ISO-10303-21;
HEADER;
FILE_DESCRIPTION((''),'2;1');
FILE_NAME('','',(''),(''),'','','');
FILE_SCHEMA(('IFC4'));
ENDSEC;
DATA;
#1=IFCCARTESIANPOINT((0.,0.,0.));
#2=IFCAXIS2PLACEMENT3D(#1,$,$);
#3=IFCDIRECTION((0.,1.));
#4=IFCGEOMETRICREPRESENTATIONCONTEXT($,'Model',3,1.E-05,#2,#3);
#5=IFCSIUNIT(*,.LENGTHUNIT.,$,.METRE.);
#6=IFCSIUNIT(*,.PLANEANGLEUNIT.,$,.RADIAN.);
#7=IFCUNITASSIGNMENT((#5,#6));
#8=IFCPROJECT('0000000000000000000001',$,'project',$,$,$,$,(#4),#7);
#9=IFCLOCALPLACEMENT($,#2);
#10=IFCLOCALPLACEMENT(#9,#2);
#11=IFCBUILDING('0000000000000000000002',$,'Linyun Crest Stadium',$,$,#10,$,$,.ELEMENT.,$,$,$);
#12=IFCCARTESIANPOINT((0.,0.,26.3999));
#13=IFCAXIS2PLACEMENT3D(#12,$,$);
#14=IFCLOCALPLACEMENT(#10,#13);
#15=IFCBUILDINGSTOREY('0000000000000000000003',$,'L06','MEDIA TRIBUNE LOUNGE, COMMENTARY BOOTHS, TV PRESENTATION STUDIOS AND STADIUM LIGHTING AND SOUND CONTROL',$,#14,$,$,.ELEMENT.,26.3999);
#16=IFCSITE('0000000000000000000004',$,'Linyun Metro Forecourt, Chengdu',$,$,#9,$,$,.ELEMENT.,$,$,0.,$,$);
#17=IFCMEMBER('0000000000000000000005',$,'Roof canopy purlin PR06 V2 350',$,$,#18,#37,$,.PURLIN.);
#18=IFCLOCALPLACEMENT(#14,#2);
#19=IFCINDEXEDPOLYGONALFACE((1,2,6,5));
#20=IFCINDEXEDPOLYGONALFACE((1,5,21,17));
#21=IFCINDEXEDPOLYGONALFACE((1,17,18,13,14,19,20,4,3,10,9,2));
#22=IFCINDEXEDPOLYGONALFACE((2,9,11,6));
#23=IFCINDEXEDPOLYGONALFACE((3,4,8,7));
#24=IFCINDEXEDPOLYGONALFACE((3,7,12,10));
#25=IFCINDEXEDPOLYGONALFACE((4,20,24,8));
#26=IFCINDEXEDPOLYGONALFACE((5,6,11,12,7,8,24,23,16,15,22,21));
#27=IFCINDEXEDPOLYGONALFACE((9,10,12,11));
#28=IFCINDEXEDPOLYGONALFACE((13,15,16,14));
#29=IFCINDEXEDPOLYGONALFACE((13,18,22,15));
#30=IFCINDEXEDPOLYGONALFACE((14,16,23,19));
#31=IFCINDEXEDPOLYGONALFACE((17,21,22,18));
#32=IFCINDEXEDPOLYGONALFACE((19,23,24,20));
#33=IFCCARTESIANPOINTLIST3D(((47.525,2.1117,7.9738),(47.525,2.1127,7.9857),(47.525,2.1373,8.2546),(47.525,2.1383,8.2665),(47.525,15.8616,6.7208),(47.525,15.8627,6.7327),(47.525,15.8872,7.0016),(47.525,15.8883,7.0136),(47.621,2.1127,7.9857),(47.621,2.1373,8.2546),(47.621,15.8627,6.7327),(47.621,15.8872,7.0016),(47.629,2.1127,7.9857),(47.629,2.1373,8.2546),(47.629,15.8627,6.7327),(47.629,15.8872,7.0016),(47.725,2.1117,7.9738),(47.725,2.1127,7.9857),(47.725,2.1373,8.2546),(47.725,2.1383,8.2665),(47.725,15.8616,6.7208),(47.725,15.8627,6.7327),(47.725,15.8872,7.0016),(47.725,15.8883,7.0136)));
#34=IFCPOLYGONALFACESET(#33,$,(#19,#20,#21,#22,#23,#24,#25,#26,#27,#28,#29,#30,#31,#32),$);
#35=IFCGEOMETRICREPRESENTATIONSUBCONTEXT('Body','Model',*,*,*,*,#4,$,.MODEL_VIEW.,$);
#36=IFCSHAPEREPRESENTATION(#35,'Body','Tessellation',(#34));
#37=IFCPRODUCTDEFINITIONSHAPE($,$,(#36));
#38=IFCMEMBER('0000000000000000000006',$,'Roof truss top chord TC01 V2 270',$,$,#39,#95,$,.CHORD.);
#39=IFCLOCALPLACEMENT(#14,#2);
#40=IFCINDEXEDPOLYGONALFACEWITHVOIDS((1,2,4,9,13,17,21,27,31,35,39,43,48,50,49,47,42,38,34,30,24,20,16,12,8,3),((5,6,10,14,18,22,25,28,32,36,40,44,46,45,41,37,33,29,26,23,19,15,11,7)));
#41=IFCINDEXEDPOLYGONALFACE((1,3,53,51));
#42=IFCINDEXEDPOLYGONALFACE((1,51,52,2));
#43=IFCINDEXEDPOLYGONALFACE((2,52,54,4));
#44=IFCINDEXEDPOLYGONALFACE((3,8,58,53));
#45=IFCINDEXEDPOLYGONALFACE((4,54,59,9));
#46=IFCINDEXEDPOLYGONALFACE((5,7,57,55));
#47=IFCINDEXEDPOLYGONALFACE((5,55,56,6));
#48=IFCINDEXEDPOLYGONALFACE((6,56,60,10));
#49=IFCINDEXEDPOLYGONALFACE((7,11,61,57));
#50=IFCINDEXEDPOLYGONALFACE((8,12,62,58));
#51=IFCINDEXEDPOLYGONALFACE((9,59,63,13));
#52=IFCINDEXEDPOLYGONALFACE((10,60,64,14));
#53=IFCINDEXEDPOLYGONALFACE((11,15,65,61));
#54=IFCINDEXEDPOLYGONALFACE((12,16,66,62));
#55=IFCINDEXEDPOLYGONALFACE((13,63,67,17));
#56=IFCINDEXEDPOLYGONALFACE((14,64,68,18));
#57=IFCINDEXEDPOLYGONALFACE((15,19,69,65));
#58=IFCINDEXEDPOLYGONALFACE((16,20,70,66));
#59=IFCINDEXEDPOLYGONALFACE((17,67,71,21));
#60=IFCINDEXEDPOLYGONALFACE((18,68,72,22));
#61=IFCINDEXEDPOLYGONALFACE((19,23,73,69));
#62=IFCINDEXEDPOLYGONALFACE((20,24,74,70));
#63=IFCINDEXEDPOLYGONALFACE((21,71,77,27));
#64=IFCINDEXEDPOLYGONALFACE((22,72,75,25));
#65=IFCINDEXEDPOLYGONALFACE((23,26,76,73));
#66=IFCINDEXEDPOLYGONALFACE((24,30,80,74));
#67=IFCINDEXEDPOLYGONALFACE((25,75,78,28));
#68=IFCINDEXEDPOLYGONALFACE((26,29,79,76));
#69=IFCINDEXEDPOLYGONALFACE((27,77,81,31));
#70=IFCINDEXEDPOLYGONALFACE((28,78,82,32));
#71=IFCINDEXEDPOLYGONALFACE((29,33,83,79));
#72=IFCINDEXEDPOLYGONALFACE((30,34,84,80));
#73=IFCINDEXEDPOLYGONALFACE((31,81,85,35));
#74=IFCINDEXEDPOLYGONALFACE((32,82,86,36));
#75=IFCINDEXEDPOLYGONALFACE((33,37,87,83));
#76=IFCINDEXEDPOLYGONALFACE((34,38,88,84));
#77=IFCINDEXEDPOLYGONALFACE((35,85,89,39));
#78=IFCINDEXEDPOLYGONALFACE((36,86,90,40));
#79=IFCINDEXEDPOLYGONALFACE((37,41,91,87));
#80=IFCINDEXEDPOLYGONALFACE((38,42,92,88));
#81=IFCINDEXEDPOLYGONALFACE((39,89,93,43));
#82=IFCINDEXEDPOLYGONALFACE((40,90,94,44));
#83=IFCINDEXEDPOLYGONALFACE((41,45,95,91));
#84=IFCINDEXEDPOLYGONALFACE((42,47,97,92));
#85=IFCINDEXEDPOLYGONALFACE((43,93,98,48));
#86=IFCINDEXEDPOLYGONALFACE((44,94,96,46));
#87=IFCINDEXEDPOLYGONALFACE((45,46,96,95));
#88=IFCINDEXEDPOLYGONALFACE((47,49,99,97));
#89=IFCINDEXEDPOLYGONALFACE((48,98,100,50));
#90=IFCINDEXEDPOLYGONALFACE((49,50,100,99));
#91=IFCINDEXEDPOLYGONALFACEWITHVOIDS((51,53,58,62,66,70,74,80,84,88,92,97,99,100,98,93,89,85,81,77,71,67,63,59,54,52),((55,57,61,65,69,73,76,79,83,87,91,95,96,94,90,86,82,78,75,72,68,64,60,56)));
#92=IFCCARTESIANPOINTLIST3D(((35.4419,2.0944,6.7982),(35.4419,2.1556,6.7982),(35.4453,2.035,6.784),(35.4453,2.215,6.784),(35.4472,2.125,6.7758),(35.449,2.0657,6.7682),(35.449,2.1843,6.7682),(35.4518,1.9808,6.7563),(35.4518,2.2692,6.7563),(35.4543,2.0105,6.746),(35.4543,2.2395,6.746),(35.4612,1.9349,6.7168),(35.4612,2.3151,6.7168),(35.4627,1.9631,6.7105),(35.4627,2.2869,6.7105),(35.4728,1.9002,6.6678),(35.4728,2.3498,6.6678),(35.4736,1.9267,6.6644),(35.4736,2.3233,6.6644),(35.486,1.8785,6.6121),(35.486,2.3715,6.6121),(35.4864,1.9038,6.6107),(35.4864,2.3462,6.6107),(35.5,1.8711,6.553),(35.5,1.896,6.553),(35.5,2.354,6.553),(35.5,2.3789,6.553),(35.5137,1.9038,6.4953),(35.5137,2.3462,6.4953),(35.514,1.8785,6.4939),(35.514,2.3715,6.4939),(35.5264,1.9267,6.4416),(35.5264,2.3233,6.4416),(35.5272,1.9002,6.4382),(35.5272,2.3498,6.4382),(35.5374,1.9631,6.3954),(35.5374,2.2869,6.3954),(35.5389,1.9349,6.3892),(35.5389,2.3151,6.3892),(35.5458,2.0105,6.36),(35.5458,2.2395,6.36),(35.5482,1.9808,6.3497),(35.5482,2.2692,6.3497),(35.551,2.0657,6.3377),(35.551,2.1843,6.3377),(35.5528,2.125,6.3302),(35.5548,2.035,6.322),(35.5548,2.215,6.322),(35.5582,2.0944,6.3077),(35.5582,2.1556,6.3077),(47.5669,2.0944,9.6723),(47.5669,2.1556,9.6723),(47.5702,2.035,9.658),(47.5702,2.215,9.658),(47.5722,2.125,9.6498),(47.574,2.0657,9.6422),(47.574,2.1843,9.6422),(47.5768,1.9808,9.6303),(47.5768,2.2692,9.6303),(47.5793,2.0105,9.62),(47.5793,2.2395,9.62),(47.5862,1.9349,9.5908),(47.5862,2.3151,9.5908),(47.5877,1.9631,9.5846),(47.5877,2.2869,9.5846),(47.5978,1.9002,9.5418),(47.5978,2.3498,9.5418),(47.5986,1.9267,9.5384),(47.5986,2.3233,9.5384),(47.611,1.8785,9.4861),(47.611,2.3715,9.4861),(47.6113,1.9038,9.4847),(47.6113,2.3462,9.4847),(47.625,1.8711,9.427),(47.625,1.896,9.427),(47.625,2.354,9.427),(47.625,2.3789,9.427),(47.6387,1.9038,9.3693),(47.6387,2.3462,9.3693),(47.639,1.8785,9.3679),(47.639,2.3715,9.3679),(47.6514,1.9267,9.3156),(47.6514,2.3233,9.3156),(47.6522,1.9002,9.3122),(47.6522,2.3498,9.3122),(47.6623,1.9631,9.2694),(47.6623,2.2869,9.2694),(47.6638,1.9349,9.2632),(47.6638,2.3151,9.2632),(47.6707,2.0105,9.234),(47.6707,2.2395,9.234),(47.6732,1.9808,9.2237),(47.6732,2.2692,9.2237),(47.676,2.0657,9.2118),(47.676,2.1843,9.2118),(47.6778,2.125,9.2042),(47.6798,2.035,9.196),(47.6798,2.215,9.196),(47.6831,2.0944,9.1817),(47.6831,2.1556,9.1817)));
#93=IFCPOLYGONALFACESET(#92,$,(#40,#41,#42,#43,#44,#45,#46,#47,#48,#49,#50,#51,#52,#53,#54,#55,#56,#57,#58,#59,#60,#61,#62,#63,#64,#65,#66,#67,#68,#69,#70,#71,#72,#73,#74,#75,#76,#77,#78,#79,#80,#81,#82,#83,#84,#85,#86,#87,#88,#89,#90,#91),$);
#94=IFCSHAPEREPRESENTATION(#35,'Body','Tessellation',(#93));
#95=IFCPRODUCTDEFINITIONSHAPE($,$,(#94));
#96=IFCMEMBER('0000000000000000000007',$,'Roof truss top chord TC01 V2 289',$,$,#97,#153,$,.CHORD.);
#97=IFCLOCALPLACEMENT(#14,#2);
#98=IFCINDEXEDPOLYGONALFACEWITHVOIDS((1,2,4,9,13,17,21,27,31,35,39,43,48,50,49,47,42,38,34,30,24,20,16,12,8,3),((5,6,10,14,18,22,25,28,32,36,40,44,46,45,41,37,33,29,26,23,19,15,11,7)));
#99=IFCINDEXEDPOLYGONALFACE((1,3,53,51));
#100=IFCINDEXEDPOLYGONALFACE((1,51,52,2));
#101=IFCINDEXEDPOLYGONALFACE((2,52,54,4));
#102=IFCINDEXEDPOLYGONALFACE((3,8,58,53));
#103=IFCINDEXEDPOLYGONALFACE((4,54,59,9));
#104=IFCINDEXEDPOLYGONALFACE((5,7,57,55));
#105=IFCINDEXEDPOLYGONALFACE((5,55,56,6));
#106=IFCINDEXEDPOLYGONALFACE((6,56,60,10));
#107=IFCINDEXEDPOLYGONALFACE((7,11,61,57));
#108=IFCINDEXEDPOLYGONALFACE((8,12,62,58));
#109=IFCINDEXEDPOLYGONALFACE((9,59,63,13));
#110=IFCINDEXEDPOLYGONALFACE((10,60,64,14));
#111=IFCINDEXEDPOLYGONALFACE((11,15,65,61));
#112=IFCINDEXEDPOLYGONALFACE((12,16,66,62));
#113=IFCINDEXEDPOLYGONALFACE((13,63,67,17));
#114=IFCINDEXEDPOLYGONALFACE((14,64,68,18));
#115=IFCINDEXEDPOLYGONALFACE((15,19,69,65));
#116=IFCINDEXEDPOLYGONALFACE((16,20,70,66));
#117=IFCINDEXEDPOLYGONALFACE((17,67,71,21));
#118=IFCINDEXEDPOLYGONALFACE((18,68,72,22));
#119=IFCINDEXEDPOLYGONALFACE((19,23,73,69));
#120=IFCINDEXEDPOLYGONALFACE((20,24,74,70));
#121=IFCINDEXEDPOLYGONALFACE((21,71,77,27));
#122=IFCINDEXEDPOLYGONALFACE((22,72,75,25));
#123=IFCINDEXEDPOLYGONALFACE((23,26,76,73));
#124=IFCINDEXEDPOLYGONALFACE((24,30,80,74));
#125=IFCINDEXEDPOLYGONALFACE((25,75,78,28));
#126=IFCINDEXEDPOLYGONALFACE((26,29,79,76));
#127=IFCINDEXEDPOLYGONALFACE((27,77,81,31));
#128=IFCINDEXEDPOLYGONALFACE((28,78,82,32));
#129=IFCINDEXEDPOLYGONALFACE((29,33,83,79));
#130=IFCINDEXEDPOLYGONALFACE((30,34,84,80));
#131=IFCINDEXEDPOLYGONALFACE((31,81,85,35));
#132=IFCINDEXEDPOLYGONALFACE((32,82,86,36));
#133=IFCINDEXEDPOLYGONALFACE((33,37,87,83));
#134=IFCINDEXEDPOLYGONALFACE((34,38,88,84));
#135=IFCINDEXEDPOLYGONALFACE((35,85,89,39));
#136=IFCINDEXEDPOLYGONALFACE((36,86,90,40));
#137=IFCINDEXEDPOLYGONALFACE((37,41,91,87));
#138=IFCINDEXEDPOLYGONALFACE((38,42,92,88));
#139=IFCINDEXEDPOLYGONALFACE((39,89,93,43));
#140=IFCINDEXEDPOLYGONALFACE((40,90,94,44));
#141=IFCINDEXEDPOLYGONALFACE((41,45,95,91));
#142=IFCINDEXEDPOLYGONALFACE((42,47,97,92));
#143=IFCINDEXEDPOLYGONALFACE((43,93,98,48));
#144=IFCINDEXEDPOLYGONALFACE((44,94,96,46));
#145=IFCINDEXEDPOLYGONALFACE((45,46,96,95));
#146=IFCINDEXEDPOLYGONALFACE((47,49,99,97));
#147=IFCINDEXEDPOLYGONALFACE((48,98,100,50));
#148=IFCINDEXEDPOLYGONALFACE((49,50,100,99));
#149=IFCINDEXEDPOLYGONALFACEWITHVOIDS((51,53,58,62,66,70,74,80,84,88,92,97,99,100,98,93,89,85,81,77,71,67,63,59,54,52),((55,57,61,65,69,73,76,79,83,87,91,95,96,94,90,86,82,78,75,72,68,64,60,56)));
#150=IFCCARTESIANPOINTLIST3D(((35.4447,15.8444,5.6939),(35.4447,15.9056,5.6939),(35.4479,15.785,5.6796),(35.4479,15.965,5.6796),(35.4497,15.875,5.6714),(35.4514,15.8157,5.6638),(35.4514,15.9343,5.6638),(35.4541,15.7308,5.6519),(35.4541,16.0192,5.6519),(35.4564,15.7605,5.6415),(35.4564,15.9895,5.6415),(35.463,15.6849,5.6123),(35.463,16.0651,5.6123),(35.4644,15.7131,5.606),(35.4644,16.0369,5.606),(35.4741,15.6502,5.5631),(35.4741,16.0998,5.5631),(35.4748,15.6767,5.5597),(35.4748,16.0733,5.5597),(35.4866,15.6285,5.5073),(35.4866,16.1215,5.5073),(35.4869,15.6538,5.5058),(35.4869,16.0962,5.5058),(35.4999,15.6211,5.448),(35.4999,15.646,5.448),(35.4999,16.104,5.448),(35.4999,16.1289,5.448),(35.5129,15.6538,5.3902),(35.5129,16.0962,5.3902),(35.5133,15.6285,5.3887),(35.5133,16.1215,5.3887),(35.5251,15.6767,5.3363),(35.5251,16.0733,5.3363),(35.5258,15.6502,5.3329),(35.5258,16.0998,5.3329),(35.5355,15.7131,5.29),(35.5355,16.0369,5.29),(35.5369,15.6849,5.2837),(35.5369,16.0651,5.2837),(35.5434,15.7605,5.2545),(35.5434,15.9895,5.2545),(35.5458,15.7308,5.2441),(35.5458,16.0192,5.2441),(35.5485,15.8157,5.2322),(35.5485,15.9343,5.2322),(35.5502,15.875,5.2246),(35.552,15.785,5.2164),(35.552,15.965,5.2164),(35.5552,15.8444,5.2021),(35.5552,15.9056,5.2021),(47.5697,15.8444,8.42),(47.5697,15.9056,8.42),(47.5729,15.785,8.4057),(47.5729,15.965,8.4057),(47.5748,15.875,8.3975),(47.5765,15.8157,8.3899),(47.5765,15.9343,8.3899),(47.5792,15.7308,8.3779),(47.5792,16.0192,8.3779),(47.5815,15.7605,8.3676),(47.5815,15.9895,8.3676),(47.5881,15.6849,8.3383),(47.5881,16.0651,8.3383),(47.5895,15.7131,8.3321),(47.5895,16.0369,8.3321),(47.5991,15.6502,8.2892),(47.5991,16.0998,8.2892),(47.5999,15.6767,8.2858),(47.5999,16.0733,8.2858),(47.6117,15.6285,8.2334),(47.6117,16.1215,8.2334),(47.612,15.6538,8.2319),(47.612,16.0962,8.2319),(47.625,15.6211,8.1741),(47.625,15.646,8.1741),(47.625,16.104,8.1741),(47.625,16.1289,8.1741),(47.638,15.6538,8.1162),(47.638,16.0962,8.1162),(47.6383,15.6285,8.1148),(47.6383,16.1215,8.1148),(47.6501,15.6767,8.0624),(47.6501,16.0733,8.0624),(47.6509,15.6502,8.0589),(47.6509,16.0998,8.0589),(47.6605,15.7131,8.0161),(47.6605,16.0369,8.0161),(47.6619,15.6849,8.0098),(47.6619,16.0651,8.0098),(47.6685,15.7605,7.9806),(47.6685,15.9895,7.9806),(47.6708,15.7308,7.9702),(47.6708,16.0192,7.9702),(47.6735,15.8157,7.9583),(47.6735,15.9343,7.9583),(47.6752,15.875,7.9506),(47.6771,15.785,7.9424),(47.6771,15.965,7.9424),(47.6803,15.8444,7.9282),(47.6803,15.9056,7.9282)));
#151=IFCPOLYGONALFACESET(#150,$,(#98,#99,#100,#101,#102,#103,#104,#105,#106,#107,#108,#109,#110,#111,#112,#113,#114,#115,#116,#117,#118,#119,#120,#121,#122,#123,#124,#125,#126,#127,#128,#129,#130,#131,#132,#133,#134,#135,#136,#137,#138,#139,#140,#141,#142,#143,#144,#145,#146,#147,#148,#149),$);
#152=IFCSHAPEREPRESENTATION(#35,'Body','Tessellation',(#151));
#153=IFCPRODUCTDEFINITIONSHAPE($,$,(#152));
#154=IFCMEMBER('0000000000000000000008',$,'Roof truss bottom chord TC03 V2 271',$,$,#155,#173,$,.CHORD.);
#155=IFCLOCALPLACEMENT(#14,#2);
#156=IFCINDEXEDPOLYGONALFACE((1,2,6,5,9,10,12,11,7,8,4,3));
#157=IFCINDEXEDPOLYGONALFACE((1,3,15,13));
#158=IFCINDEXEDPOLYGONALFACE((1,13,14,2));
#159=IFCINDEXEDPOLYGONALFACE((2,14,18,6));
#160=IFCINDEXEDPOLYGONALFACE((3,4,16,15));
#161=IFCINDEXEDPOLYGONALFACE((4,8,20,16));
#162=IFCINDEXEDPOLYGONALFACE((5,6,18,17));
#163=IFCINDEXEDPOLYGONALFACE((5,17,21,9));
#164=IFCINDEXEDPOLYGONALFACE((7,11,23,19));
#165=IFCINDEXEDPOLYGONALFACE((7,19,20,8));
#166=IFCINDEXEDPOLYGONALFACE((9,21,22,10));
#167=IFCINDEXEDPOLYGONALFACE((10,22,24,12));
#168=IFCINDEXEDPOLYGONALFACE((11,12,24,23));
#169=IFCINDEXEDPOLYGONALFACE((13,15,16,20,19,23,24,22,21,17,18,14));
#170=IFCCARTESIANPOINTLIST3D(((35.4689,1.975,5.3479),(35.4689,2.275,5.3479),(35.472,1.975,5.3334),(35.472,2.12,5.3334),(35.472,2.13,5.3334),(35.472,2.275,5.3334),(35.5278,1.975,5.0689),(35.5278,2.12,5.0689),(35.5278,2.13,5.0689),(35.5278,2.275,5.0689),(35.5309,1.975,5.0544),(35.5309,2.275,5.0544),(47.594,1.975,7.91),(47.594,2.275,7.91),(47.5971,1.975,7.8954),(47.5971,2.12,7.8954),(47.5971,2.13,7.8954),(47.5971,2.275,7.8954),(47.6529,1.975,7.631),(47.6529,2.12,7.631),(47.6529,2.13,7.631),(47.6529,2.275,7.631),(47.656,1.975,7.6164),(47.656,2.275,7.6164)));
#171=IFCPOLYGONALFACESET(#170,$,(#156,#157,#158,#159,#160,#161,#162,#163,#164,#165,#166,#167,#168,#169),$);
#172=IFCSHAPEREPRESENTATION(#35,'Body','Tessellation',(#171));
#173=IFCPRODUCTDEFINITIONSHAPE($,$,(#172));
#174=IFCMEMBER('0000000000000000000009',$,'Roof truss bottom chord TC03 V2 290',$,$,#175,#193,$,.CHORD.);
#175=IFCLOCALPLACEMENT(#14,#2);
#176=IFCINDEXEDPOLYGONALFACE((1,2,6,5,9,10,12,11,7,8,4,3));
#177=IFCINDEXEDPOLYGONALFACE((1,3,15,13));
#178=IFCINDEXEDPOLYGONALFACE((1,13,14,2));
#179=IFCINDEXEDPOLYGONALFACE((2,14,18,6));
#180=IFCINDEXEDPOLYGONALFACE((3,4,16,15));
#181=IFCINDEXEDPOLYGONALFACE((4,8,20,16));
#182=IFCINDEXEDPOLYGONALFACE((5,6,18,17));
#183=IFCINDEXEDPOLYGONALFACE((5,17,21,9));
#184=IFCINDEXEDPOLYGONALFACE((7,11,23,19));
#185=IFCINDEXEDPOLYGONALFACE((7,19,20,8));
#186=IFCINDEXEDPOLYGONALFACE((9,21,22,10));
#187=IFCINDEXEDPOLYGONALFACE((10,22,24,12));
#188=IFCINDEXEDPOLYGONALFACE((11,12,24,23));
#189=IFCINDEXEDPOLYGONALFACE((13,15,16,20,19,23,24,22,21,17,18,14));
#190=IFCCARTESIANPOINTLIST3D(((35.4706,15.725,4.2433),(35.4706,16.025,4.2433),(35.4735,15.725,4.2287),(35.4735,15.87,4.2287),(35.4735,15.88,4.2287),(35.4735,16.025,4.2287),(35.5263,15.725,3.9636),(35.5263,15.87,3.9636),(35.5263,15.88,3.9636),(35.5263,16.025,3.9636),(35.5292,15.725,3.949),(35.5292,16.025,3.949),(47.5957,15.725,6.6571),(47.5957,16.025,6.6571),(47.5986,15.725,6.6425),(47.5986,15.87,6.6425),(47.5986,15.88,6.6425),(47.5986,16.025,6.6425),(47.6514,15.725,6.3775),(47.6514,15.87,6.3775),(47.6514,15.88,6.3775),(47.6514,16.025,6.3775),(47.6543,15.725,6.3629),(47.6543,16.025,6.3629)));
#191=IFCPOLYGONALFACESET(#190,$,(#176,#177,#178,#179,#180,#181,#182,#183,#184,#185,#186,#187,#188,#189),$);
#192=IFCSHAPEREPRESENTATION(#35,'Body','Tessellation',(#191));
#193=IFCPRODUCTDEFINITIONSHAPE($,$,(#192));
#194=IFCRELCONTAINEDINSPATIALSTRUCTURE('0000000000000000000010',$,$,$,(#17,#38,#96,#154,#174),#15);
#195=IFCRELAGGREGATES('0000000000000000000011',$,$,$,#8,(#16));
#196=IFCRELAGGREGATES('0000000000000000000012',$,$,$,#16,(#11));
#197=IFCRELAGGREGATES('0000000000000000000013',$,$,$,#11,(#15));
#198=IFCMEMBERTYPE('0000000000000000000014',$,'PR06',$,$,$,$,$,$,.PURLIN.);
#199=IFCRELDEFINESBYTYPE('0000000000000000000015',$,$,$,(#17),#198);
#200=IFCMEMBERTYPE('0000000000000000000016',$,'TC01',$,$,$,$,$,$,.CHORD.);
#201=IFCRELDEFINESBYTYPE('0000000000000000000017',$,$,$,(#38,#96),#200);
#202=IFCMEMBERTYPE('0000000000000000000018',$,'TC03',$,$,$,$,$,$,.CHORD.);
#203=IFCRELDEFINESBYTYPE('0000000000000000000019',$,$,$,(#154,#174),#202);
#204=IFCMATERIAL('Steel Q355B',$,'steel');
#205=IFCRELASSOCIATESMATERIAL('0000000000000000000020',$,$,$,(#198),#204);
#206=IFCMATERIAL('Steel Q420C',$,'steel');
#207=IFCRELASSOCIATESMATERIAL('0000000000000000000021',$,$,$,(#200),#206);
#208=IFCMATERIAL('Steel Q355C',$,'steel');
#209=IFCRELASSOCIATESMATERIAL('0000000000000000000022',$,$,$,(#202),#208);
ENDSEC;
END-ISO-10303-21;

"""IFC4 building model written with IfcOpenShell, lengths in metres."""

from ifc_helpers import new_model, si_unit, direction, frame, origin, origin_2d, place, context, subcontext, project, spatial, hollow_circle, i_section, extrude, material, material_profile, profile_set, type_object, element, save


model = new_model("IFC4")

# Units and contexts
model_context = context("Model", 3, precision=1e-05, world=origin(), true_north=direction((0.0, 1.0)))
body_context = subcontext(model_context, "Body", "Model", "MODEL_VIEW")
ifc_project = project(units=[si_unit("LENGTHUNIT", "METRE"), si_unit("PLANEANGLEUNIT", "RADIAN")], contexts=[model_context])

# Site, building, storey
site_placement = place(None, origin())
site = spatial("IfcSite", under=ifc_project, at=site_placement, Name="Linyun Metro Forecourt, Chengdu", CompositionType="ELEMENT", RefElevation=0.0)
building_placement = place(site_placement, origin())
building = spatial("IfcBuilding", under=site, at=building_placement, Name="Linyun Crest Stadium", CompositionType="ELEMENT")
storey_placement = place(building_placement, frame((0.0, 0.0, 26.3999)))
storey = spatial("IfcBuildingStorey", under=building, at=storey_placement, Name="L06", Description="MEDIA TRIBUNE LOUNGE, COMMENTARY BOOTHS, TV PRESENTATION STUDIOS AND STADIUM LIGHTING AND SOUND CONTROL", CompositionType="ELEMENT", Elevation=26.3999)

# Members
ifc_material_1 = material(Name="Steel Q355B", Category="steel")
ifc_material_profile_1 = material_profile(ifc_material_1, i_section(OverallWidth=0.2, OverallDepth=0.2939, WebThickness=0.0081, FlangeThickness=0.012, at=origin_2d()), Name="HM 294x200")
ifc_profile_set_1 = profile_set([ifc_material_profile_1], Name="Steel Q355B")
member_type_1 = type_object("IfcMemberType", Name="PR06", PredefinedType="PURLIN", material=ifc_profile_set_1)
member_1_placement = place(storey_placement, frame((47.625, 2.125, 8.1201), z_axis=(0.0, 0.995874, -0.090746), x_axis=(-1.0, 0.0, 0.0)))
element("IfcMember", 1, at=member_1_placement, inside=storey, type_object=member_type_1, Name="Roof canopy purlin PR06 V2 350", PredefinedType="PURLIN", context=body_context, shape_type="SweptSolid", body=[
    extrude(i_section(OverallWidth=0.2, OverallDepth=0.2939, WebThickness=0.0081, FlangeThickness=0.012, at=origin_2d()), origin(), (0.0, 0.0, 1.0), 13.8069),
])
ifc_material_2 = material(Name="Steel Q420C", Category="steel")
ifc_material_profile_2 = material_profile(ifc_material_2, hollow_circle(Radius=0.2539, WallThickness=0.0249, at=origin_2d()), Name="CHS 508x25")
ifc_profile_set_2 = profile_set([ifc_material_profile_2], Name="Steel Q420C")
member_type_2 = type_object("IfcMemberType", Name="TC01", PredefinedType="CHORD", material=ifc_profile_set_2)
member_2_placement = place(storey_placement, frame((47.625, 2.125, 9.427), z_axis=(-0.973039, 0.0, -0.230642), x_axis=(0.0, -1.0, 0.0)))
element("IfcMember", 2, at=member_2_placement, inside=storey, type_object=member_type_2, Name="Roof truss top chord TC01 V2 270", PredefinedType="CHORD", context=body_context, shape_type="SweptSolid", body=[
    extrude(hollow_circle(Radius=0.2539, WallThickness=0.0249, at=origin_2d()), origin(), (0.0, 0.0, 1.0), 12.4609),
])
member_3_placement = place(storey_placement, frame((47.625, 15.875, 8.1741), z_axis=(-0.975645, 0.0, -0.219355), x_axis=(0.0, -1.0, 0.0)))
element("IfcMember", 3, at=member_3_placement, inside=storey, type_object=member_type_2, Name="Roof truss top chord TC01 V2 289", PredefinedType="CHORD", context=body_context, shape_type="SweptSolid", body=[
    extrude(hollow_circle(Radius=0.2539, WallThickness=0.0249, at=origin_2d()), origin(), (0.0, 0.0, 1.0), 12.4277),
])
ifc_material_3 = material(Name="Steel Q355C", Category="steel")
ifc_material_profile_3 = material_profile(ifc_material_3, i_section(OverallWidth=0.3, OverallDepth=0.3, WebThickness=0.01, FlangeThickness=0.0149, at=origin_2d()), Name="HW 300x300")
ifc_profile_set_3 = profile_set([ifc_material_profile_3], Name="Steel Q355C")
member_type_3 = type_object("IfcMemberType", Name="TC03", PredefinedType="CHORD", material=ifc_profile_set_3)
member_4_placement = place(storey_placement, frame((47.625, 2.125, 7.7632), z_axis=(-0.978397, 0.0, -0.206735), x_axis=(0.0, -1.0, 0.0)))
element("IfcMember", 4, at=member_4_placement, inside=storey, type_object=member_type_3, Name="Roof truss bottom chord TC03 V2 271", PredefinedType="CHORD", context=body_context, shape_type="SweptSolid", body=[
    extrude(i_section(OverallWidth=0.3, OverallDepth=0.3, WebThickness=0.01, FlangeThickness=0.0149, at=origin_2d()), origin(), (0.0, 0.0, 1.0), 12.3928),
])
member_5_placement = place(storey_placement, frame((47.625, 15.875, 6.51), z_axis=(-0.980754, 0.0, -0.195246), x_axis=(0.0, -1.0, 0.0)))
element("IfcMember", 5, at=member_5_placement, inside=storey, type_object=member_type_3, Name="Roof truss bottom chord TC03 V2 290", PredefinedType="CHORD", context=body_context, shape_type="SweptSolid", body=[
    extrude(i_section(OverallWidth=0.3, OverallDepth=0.3, WebThickness=0.01, FlangeThickness=0.0149, at=origin_2d()), origin(), (0.0, 0.0, 1.0), 12.363),
])

save(model, "model.ifc")
